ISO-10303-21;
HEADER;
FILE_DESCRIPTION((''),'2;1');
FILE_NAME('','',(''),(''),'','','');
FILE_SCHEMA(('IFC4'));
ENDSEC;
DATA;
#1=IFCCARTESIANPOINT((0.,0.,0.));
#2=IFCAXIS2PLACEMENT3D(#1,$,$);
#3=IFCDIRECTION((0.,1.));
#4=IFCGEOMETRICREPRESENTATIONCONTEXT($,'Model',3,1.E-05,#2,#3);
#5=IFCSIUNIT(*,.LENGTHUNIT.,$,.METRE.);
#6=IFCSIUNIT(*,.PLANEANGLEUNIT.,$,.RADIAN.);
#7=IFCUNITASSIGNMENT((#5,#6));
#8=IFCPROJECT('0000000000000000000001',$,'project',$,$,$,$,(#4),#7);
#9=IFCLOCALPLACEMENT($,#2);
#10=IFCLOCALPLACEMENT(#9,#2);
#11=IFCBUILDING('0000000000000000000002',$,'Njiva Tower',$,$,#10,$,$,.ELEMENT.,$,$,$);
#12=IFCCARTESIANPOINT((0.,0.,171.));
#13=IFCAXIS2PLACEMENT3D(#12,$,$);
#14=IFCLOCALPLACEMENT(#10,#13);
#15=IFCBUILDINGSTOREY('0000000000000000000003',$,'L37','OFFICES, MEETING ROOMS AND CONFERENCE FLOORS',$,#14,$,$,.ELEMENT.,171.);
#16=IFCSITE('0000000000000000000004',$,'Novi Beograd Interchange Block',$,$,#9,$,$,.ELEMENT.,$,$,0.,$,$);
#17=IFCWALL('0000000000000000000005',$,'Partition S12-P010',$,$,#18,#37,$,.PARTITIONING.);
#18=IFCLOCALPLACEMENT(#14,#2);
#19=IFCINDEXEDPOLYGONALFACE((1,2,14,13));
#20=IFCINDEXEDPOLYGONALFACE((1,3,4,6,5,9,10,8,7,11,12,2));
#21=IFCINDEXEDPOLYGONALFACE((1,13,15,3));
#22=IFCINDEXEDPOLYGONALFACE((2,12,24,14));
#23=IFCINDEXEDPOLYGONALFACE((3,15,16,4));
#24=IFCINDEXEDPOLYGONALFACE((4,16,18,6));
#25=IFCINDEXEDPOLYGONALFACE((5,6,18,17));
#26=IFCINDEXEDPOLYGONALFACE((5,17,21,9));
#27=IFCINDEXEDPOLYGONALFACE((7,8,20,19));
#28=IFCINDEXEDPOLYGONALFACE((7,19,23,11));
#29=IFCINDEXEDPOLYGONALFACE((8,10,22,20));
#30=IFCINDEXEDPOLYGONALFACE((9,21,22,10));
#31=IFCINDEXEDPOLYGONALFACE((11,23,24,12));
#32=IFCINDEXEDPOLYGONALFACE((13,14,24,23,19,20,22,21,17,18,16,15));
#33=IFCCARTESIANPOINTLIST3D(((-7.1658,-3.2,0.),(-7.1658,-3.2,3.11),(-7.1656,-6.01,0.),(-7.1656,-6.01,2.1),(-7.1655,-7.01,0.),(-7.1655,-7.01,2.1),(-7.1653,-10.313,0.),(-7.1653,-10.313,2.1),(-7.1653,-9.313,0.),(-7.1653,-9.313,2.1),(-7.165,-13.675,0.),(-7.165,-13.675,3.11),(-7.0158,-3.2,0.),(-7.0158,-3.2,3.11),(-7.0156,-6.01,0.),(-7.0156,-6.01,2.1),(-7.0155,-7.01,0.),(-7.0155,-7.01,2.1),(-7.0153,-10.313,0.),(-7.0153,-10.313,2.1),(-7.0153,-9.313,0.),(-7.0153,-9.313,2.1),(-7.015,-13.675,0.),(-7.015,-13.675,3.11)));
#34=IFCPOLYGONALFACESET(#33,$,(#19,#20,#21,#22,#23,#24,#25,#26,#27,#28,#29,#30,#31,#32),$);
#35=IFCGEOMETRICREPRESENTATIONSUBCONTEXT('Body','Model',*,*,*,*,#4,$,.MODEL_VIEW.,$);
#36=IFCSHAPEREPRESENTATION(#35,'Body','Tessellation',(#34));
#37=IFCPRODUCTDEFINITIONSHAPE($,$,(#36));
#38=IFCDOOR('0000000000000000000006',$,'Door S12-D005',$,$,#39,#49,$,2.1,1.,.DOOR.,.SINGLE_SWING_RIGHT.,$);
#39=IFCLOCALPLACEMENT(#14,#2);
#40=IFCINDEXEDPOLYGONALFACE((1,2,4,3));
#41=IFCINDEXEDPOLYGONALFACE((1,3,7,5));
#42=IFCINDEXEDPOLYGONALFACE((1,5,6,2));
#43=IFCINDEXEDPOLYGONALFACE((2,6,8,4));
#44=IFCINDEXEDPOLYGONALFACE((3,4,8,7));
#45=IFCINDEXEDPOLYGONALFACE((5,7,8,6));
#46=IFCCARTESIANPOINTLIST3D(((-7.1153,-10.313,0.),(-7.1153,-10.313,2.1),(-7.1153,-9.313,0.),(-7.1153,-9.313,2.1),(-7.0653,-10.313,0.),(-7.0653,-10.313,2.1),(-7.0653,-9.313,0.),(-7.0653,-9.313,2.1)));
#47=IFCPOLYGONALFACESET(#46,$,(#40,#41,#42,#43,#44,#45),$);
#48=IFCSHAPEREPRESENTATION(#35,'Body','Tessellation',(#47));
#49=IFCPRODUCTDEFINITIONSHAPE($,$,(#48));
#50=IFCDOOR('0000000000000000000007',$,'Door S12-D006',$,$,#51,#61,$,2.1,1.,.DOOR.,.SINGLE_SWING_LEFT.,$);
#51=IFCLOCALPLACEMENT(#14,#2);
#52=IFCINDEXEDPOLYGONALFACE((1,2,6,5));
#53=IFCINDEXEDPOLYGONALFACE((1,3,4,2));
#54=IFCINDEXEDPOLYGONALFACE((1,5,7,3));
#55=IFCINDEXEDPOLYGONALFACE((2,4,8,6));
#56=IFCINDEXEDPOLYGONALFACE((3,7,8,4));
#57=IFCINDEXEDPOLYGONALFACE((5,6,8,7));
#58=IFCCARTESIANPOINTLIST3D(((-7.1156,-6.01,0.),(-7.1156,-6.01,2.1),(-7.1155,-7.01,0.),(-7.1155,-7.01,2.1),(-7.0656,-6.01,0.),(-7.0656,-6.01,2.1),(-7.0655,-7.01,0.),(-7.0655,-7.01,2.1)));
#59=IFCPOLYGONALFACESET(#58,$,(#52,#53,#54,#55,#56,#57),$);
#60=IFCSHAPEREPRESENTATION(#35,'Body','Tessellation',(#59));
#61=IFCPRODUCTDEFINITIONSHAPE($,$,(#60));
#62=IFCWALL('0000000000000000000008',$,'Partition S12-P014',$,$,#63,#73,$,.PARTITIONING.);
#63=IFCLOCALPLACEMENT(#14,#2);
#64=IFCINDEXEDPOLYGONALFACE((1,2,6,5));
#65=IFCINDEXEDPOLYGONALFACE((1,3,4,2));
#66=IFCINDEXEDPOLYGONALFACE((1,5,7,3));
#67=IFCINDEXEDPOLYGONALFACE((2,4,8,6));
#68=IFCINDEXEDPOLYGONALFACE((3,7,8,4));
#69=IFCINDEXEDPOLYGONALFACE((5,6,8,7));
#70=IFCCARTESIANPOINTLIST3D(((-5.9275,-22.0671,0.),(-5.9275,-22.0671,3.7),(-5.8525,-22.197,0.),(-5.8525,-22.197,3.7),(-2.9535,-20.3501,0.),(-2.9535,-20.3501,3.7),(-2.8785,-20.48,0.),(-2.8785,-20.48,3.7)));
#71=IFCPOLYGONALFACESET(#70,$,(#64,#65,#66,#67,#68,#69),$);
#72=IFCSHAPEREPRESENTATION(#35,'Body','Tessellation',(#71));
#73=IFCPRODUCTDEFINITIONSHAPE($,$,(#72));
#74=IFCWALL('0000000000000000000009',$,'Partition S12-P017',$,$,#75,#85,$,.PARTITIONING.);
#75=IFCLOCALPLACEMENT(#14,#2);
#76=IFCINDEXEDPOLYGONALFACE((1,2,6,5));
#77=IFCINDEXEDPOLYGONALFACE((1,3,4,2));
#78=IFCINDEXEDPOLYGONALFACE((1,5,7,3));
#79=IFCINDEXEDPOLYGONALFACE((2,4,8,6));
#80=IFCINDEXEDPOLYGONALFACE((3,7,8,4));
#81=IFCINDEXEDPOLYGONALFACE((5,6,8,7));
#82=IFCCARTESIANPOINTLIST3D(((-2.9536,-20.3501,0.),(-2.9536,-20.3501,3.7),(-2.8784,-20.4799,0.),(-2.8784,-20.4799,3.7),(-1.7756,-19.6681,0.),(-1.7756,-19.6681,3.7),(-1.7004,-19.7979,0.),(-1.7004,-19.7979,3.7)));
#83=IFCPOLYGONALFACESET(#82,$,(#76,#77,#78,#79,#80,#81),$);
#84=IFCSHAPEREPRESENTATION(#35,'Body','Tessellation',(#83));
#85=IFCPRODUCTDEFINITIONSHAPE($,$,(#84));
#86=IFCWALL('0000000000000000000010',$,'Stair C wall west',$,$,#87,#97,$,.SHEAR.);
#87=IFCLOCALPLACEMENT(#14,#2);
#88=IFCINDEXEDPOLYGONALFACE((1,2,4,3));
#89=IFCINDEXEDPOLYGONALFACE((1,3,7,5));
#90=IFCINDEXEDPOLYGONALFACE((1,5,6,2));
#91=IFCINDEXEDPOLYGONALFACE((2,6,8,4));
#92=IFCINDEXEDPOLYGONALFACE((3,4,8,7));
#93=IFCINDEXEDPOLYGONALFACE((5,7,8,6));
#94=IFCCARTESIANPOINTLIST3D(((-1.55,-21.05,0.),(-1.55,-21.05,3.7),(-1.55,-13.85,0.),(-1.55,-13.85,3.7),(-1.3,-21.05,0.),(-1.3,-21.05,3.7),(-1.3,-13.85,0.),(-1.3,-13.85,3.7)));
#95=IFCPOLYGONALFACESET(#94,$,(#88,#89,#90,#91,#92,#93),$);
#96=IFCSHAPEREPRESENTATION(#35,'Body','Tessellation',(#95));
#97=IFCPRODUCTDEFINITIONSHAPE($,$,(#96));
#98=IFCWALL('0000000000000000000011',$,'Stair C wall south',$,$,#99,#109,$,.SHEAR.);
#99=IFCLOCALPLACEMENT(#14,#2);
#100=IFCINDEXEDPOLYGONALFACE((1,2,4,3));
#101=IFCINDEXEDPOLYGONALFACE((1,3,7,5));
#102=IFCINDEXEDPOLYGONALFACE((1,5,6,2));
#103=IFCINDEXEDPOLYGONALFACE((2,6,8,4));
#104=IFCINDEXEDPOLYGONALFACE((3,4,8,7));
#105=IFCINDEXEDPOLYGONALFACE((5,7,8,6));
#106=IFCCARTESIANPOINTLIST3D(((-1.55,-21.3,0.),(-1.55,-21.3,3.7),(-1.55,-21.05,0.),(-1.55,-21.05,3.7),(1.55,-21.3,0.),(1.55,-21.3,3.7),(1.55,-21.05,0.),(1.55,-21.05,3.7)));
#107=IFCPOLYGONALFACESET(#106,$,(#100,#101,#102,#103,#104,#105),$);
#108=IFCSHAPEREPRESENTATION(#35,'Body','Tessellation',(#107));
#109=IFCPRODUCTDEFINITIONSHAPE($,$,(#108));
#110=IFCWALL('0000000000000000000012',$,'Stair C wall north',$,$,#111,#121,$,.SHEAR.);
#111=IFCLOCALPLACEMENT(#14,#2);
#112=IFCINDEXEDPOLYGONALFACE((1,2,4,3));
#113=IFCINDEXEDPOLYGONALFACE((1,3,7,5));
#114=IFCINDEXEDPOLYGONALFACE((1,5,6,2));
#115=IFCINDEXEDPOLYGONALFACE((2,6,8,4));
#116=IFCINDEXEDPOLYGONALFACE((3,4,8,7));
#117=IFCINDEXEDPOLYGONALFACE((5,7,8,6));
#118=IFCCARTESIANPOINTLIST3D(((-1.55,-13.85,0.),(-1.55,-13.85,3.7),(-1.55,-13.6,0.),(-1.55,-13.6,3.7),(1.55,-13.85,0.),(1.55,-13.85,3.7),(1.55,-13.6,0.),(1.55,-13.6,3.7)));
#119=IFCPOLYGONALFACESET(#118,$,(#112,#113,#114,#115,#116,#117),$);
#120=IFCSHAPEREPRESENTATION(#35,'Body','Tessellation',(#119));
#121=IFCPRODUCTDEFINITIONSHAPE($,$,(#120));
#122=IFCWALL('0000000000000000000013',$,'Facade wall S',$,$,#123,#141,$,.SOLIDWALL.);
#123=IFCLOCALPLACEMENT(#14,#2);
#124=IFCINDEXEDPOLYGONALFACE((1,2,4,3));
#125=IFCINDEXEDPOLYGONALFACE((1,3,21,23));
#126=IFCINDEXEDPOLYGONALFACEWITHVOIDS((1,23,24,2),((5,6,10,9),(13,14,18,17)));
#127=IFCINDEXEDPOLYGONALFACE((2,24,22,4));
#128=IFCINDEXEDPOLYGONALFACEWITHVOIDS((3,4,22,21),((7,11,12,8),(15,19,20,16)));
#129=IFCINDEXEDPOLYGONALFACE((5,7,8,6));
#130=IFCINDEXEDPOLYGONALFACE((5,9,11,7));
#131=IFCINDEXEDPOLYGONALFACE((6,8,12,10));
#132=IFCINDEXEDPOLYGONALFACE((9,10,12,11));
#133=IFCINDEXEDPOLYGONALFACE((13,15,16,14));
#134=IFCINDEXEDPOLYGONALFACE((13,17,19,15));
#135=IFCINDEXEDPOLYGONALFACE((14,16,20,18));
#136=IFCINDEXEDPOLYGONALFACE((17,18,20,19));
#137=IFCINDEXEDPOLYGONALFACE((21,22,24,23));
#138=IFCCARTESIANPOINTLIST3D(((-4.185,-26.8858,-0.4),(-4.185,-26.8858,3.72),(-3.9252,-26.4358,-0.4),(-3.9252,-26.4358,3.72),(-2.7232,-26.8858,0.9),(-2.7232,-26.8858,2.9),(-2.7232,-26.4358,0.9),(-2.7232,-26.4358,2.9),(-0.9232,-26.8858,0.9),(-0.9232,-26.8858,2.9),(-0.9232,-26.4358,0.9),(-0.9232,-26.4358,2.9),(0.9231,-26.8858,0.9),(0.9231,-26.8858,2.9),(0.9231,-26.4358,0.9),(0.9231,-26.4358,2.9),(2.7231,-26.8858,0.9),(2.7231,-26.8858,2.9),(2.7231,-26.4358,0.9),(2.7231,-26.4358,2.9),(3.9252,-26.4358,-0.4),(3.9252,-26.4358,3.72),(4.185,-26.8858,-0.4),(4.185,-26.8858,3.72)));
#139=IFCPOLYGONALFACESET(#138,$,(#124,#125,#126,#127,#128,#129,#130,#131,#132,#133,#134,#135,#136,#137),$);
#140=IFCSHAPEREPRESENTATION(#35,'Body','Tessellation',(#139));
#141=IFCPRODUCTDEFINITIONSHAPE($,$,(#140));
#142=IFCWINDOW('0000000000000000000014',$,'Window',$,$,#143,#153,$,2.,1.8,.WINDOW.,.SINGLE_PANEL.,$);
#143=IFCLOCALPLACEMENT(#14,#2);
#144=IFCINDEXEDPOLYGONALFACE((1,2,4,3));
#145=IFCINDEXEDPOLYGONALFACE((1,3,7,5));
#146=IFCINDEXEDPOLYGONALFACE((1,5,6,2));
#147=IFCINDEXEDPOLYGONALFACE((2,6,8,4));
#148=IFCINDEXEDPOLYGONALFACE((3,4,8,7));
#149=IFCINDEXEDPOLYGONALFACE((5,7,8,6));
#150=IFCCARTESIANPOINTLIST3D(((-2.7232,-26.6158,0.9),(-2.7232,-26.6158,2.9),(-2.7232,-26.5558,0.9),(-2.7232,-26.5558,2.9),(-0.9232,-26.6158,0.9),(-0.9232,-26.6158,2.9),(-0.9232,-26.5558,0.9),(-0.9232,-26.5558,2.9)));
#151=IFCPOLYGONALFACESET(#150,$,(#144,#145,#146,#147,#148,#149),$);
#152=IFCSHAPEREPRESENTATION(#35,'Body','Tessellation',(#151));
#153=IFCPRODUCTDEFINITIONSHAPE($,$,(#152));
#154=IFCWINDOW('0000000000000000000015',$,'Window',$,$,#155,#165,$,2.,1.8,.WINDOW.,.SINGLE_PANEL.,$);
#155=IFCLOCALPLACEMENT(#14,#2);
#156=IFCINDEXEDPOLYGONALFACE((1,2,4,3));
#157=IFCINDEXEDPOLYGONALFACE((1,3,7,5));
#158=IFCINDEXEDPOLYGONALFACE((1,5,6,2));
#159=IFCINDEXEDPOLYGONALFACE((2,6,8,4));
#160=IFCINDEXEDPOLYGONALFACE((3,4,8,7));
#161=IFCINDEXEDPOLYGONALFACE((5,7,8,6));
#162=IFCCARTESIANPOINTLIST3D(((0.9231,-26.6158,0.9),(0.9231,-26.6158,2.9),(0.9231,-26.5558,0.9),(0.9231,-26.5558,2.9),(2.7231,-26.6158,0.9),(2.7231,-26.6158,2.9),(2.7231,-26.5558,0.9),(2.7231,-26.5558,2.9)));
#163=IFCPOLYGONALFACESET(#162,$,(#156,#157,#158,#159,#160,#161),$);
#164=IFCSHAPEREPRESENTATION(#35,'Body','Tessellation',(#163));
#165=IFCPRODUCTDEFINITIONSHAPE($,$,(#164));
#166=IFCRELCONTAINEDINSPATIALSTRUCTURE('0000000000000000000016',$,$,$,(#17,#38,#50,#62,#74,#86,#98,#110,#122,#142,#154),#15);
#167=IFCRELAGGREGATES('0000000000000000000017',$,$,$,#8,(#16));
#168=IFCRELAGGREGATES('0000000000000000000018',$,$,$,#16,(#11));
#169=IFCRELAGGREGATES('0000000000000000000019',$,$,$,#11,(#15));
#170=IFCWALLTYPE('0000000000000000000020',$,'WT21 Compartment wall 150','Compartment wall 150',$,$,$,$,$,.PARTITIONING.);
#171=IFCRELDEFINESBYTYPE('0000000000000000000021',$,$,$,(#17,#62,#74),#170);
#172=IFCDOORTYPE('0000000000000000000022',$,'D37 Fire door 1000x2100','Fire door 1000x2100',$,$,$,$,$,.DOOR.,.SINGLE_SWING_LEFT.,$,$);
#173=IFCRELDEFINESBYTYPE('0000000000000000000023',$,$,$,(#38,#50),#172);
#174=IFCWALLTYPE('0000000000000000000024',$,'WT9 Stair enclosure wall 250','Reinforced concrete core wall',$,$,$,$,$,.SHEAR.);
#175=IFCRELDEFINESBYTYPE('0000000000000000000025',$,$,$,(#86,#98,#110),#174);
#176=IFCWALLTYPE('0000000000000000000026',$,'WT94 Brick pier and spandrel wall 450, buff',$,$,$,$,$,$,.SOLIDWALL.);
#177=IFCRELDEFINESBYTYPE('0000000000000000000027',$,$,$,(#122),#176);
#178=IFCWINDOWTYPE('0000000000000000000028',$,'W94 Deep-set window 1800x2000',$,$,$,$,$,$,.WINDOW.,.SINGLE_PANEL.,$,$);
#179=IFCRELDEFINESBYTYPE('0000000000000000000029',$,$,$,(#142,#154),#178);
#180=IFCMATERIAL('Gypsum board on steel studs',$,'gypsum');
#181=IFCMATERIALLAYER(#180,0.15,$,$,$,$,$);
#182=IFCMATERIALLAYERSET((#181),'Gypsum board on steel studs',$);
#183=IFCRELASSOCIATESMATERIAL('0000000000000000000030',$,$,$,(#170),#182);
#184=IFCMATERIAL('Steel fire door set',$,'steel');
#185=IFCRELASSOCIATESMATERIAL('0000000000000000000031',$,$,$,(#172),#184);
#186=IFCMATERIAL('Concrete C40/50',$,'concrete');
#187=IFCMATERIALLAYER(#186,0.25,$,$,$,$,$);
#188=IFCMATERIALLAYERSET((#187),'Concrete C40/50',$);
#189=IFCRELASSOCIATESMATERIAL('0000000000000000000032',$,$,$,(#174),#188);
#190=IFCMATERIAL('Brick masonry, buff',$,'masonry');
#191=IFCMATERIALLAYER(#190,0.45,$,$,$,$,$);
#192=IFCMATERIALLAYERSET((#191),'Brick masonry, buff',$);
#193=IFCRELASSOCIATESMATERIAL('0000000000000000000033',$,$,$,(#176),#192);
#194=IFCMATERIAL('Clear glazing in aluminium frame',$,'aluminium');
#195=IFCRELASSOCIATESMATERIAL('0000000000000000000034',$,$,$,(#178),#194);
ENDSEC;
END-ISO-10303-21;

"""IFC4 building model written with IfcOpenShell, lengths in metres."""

from ifc_helpers import new_model, si_unit, direction, frame, frame_2d, origin, place, context, subcontext, project, spatial, polyline, rectangle, outline, extrude, material, layer, layer_set, type_object, element, fill, save


model = new_model("IFC4")

# Units and contexts
model_context = context("Model", 3, precision=1e-05, world=origin(), true_north=direction((0.0, 1.0)))
body_context = subcontext(model_context, "Body", "Model", "MODEL_VIEW")
ifc_project = project(units=[si_unit("LENGTHUNIT", "METRE"), si_unit("PLANEANGLEUNIT", "RADIAN")], contexts=[model_context])

# Site, building, storey
site_placement = place(None, origin())
site = spatial("IfcSite", under=ifc_project, at=site_placement, Name="Novi Beograd Interchange Block", CompositionType="ELEMENT", RefElevation=0.0)
building_placement = place(site_placement, origin())
building = spatial("IfcBuilding", under=site, at=building_placement, Name="Njiva Tower", CompositionType="ELEMENT")
storey_placement = place(building_placement, frame((0.0, 0.0, 171.0)))
storey = spatial("IfcBuildingStorey", under=building, at=storey_placement, Name="L37", Description="OFFICES, MEETING ROOMS AND CONFERENCE FLOORS", CompositionType="ELEMENT", Elevation=171.0)

# Shared definitions
ifc_material_1 = material(Name="Gypsum board on steel studs", Category="gypsum")

# Wall, openings, doors
ifc_layer_1 = layer(ifc_material_1, 0.15)
ifc_layer_set_1 = layer_set([ifc_layer_1], Name="Gypsum board on steel studs")
wall_type_1 = type_object("IfcWallType", Name="WT21 Compartment wall 150", Description="Compartment wall 150", PredefinedType="PARTITIONING", material=ifc_layer_set_1)
wall_1_placement = place(storey_placement, frame((-7.09, -13.675, 0.0), z_axis=(0.0, 0.0, 1.0), x_axis=(-0.000076, 1.0, 0.0)))
wall_1 = element("IfcWall", 1, at=wall_1_placement, inside=storey, type_object=wall_type_1, Name="Partition S12-P010", PredefinedType="PARTITIONING", context=body_context, shape_type="SweptSolid", body=[
    extrude(rectangle(XDim=10.475, YDim=0.15, at=frame_2d((5.2375, 0.0))), origin(), (0.0, 0.0, 1.0), 3.11),
])
opening_1_placement = place(wall_1_placement, frame((3.362, 0.0, 0.0)))
opening_1 = element("IfcOpeningElement", 2, at=opening_1_placement, cuts=wall_1, PredefinedType="OPENING", context=body_context, shape_type="SweptSolid", body=[
    extrude(rectangle(XDim=1.0, YDim=2.1, at=frame_2d((0.5, 1.05))), frame((0.0, 0.085, 0.0), z_axis=(0.0, -1.0, 0.0), x_axis=(1.0, 0.0, 0.0)), (0.0, 0.0, 1.0), 0.17),
])
opening_2_placement = place(wall_1_placement, frame((6.665, 0.0, 0.0)))
opening_2 = element("IfcOpeningElement", 3, at=opening_2_placement, cuts=wall_1, PredefinedType="OPENING", context=body_context, shape_type="SweptSolid", body=[
    extrude(rectangle(XDim=1.0, YDim=2.1, at=frame_2d((0.5, 1.05))), frame((0.0, 0.085, 0.0), z_axis=(0.0, -1.0, 0.0), x_axis=(1.0, 0.0, 0.0)), (0.0, 0.0, 1.0), 0.17),
])
ifc_material_2 = material(Name="Steel fire door set", Category="steel")
door_type = type_object("IfcDoorType", Name="D37 Fire door 1000x2100", Description="Fire door 1000x2100", OperationType="SINGLE_SWING_LEFT", PredefinedType="DOOR", material=ifc_material_2)
door_1_placement = place(opening_1_placement, origin())
door_1 = element("IfcDoor", 4, at=door_1_placement, inside=storey, type_object=door_type, Name="Door S12-D005", OperationType="SINGLE_SWING_RIGHT", OverallHeight=2.1, OverallWidth=1.0, PredefinedType="DOOR", context=body_context, shape_type="SweptSolid", body=[
    extrude(rectangle(XDim=1.0, YDim=2.1, at=frame_2d((0.5, 1.05))), frame((0.0, 0.025, 0.0), z_axis=(0.0, -1.0, 0.0), x_axis=(1.0, 0.0, 0.0)), (0.0, 0.0, 1.0), 0.05),
])
fill(opening_1, door_1)
door_2_placement = place(opening_2_placement, origin())
door_2 = element("IfcDoor", 5, at=door_2_placement, inside=storey, type_object=door_type, Name="Door S12-D006", OperationType="SINGLE_SWING_LEFT", OverallHeight=2.1, OverallWidth=1.0, PredefinedType="DOOR", context=body_context, shape_type="SweptSolid", body=[
    extrude(rectangle(XDim=1.0, YDim=2.1, at=frame_2d((0.5, 1.05))), frame((0.0, 0.025, 0.0), z_axis=(0.0, -1.0, 0.0), x_axis=(1.0, 0.0, 0.0)), (0.0, 0.0, 1.0), 0.05),
])
fill(opening_2, door_2)

# Walls
wall_2_placement = place(storey_placement, frame((-5.89, -22.132, 0.0), z_axis=(0.0, 0.0, 1.0), x_axis=(0.86603, 0.499991, 0.0)))
element("IfcWall", 6, at=wall_2_placement, inside=storey, type_object=wall_type_1, Name="Partition S12-P014", PredefinedType="PARTITIONING", context=body_context, shape_type="SweptSolid", body=[
    extrude(rectangle(XDim=3.4341, YDim=0.15, at=frame_2d((1.717, 0.0))), origin(), (0.0, 0.0, 1.0), 3.7),
])
wall_3_placement = place(storey_placement, frame((-2.916, -20.415, 0.0), z_axis=(0.0, 0.0, 1.0), x_axis=(0.865426, 0.501036, 0.0)))
element("IfcWall", 7, at=wall_3_placement, inside=storey, type_object=wall_type_1, Name="Partition S12-P017", PredefinedType="PARTITIONING", context=body_context, shape_type="SweptSolid", body=[
    extrude(rectangle(XDim=1.3612, YDim=0.15, at=frame_2d((0.6806, 0.0))), origin(), (0.0, 0.0, 1.0), 3.7),
])
ifc_material_3 = material(Name="Concrete C40/50", Category="concrete")
ifc_layer_2 = layer(ifc_material_3, 0.25)
ifc_layer_set_2 = layer_set([ifc_layer_2], Name="Concrete C40/50")
wall_type_2 = type_object("IfcWallType", Name="WT9 Stair enclosure wall 250", Description="Reinforced concrete core wall", PredefinedType="SHEAR", material=ifc_layer_set_2)
wall_4_placement = place(storey_placement, frame((-1.425, -21.05, 0.0), z_axis=(0.0, 0.0, 1.0), x_axis=(0.0, 1.0, 0.0)))
element("IfcWall", 8, at=wall_4_placement, inside=storey, type_object=wall_type_2, Name="Stair C wall west", PredefinedType="SHEAR", context=body_context, shape_type="SweptSolid", body=[
    extrude(rectangle(XDim=7.2, YDim=0.25, at=frame_2d((3.6, 0.0))), origin(), (0.0, 0.0, 1.0), 3.7),
])
for number, where, z_axis, x_axis, name in (
    (9, (-1.55, -21.175, 0.0), (0.0, 0.0, 1.0), (1.0, 0.0, 0.0), "Stair C wall south"),
    (10, (-1.55, -13.725, 0.0), (0.0, 0.0, 1.0), (1.0, 0.0, 0.0), "Stair C wall north"),
):
    element("IfcWall", number, at=place(storey_placement, frame(where, z_axis=z_axis, x_axis=x_axis)), inside=storey, type_object=wall_type_2, Name=name, PredefinedType="SHEAR", context=body_context, shape_type="SweptSolid", body=[
        extrude(rectangle(XDim=3.1, YDim=0.25, at=frame_2d((1.55, 0.0))), origin(), (0.0, 0.0, 1.0), 3.7),
    ])

# Wall, openings, windows
ifc_material_4 = material(Name="Brick masonry, buff", Category="masonry")
ifc_layer_3 = layer(ifc_material_4, 0.45)
ifc_layer_set_3 = layer_set([ifc_layer_3], Name="Brick masonry, buff")
wall_type_3 = type_object("IfcWallType", Name="WT94 Brick pier and spandrel wall 450, buff", PredefinedType="SOLIDWALL", material=ifc_layer_set_3)
wall_5_placement = place(storey_placement, frame((-4.0551, -26.6608, -0.4), z_axis=(0.0, 0.0, 1.0), x_axis=(1.0, 0.0, 0.0)))
wall_5 = element("IfcWall", 11, at=wall_5_placement, inside=storey, type_object=wall_type_3, Name="Facade wall S", PredefinedType="SOLIDWALL", context=body_context, shape_type="SweptSolid", body=[
    extrude(outline(polyline([(-0.1299, -0.225), (8.2401, -0.225), (7.9803, 0.225), (0.1299, 0.225), (-0.1299, -0.225)])), origin(), (0.0, 0.0, 1.0), 4.12),
])
opening_3_placement = place(wall_5_placement, frame((1.3319, 0.0, 1.3)))
opening_3 = element("IfcOpeningElement", 12, at=opening_3_placement, cuts=wall_5, PredefinedType="OPENING", context=body_context, shape_type="SweptSolid", body=[
    extrude(rectangle(XDim=1.8, YDim=2.0, at=frame_2d((0.9, 1.0))), frame((0.0, 0.235, 0.0), z_axis=(0.0, -1.0, 0.0), x_axis=(1.0, 0.0, 0.0)), (0.0, 0.0, 1.0), 0.47),
])
opening_4_placement = place(wall_5_placement, frame((4.9782, 0.0, 1.3)))
opening_4 = element("IfcOpeningElement", 13, at=opening_4_placement, cuts=wall_5, PredefinedType="OPENING", context=body_context, shape_type="SweptSolid", body=[
    extrude(rectangle(XDim=1.8, YDim=2.0, at=frame_2d((0.9, 1.0))), frame((0.0, 0.235, 0.0), z_axis=(0.0, -1.0, 0.0), x_axis=(1.0, 0.0, 0.0)), (0.0, 0.0, 1.0), 0.47),
])
ifc_material_5 = material(Name="Clear glazing in aluminium frame", Category="aluminium")
window_type = type_object("IfcWindowType", Name="W94 Deep-set window 1800x2000", PartitioningType="SINGLE_PANEL", PredefinedType="WINDOW", material=ifc_material_5)
window_1_placement = place(opening_3_placement, origin())
window_1 = element("IfcWindow", 14, at=window_1_placement, inside=storey, type_object=window_type, Name="Window", OverallHeight=2.0, OverallWidth=1.8, PartitioningType="SINGLE_PANEL", PredefinedType="WINDOW", context=body_context, shape_type="SweptSolid", body=[
    extrude(rectangle(XDim=1.8, YDim=2.0, at=frame_2d((0.9, 1.0))), frame((0.0, 0.105, 0.0), z_axis=(0.0, -1.0, 0.0), x_axis=(1.0, 0.0, 0.0)), (0.0, 0.0, 1.0), 0.06),
])
fill(opening_3, window_1)
window_2_placement = place(opening_4_placement, origin())
window_2 = element("IfcWindow", 15, at=window_2_placement, inside=storey, type_object=window_type, Name="Window", OverallHeight=2.0, OverallWidth=1.8, PartitioningType="SINGLE_PANEL", PredefinedType="WINDOW", context=body_context, shape_type="SweptSolid", body=[
    extrude(rectangle(XDim=1.8, YDim=2.0, at=frame_2d((0.9, 1.0))), frame((0.0, 0.105, 0.0), z_axis=(0.0, -1.0, 0.0), x_axis=(1.0, 0.0, 0.0)), (0.0, 0.0, 1.0), 0.06),
])
fill(opening_4, window_2)

save(model, "model.ifc")
